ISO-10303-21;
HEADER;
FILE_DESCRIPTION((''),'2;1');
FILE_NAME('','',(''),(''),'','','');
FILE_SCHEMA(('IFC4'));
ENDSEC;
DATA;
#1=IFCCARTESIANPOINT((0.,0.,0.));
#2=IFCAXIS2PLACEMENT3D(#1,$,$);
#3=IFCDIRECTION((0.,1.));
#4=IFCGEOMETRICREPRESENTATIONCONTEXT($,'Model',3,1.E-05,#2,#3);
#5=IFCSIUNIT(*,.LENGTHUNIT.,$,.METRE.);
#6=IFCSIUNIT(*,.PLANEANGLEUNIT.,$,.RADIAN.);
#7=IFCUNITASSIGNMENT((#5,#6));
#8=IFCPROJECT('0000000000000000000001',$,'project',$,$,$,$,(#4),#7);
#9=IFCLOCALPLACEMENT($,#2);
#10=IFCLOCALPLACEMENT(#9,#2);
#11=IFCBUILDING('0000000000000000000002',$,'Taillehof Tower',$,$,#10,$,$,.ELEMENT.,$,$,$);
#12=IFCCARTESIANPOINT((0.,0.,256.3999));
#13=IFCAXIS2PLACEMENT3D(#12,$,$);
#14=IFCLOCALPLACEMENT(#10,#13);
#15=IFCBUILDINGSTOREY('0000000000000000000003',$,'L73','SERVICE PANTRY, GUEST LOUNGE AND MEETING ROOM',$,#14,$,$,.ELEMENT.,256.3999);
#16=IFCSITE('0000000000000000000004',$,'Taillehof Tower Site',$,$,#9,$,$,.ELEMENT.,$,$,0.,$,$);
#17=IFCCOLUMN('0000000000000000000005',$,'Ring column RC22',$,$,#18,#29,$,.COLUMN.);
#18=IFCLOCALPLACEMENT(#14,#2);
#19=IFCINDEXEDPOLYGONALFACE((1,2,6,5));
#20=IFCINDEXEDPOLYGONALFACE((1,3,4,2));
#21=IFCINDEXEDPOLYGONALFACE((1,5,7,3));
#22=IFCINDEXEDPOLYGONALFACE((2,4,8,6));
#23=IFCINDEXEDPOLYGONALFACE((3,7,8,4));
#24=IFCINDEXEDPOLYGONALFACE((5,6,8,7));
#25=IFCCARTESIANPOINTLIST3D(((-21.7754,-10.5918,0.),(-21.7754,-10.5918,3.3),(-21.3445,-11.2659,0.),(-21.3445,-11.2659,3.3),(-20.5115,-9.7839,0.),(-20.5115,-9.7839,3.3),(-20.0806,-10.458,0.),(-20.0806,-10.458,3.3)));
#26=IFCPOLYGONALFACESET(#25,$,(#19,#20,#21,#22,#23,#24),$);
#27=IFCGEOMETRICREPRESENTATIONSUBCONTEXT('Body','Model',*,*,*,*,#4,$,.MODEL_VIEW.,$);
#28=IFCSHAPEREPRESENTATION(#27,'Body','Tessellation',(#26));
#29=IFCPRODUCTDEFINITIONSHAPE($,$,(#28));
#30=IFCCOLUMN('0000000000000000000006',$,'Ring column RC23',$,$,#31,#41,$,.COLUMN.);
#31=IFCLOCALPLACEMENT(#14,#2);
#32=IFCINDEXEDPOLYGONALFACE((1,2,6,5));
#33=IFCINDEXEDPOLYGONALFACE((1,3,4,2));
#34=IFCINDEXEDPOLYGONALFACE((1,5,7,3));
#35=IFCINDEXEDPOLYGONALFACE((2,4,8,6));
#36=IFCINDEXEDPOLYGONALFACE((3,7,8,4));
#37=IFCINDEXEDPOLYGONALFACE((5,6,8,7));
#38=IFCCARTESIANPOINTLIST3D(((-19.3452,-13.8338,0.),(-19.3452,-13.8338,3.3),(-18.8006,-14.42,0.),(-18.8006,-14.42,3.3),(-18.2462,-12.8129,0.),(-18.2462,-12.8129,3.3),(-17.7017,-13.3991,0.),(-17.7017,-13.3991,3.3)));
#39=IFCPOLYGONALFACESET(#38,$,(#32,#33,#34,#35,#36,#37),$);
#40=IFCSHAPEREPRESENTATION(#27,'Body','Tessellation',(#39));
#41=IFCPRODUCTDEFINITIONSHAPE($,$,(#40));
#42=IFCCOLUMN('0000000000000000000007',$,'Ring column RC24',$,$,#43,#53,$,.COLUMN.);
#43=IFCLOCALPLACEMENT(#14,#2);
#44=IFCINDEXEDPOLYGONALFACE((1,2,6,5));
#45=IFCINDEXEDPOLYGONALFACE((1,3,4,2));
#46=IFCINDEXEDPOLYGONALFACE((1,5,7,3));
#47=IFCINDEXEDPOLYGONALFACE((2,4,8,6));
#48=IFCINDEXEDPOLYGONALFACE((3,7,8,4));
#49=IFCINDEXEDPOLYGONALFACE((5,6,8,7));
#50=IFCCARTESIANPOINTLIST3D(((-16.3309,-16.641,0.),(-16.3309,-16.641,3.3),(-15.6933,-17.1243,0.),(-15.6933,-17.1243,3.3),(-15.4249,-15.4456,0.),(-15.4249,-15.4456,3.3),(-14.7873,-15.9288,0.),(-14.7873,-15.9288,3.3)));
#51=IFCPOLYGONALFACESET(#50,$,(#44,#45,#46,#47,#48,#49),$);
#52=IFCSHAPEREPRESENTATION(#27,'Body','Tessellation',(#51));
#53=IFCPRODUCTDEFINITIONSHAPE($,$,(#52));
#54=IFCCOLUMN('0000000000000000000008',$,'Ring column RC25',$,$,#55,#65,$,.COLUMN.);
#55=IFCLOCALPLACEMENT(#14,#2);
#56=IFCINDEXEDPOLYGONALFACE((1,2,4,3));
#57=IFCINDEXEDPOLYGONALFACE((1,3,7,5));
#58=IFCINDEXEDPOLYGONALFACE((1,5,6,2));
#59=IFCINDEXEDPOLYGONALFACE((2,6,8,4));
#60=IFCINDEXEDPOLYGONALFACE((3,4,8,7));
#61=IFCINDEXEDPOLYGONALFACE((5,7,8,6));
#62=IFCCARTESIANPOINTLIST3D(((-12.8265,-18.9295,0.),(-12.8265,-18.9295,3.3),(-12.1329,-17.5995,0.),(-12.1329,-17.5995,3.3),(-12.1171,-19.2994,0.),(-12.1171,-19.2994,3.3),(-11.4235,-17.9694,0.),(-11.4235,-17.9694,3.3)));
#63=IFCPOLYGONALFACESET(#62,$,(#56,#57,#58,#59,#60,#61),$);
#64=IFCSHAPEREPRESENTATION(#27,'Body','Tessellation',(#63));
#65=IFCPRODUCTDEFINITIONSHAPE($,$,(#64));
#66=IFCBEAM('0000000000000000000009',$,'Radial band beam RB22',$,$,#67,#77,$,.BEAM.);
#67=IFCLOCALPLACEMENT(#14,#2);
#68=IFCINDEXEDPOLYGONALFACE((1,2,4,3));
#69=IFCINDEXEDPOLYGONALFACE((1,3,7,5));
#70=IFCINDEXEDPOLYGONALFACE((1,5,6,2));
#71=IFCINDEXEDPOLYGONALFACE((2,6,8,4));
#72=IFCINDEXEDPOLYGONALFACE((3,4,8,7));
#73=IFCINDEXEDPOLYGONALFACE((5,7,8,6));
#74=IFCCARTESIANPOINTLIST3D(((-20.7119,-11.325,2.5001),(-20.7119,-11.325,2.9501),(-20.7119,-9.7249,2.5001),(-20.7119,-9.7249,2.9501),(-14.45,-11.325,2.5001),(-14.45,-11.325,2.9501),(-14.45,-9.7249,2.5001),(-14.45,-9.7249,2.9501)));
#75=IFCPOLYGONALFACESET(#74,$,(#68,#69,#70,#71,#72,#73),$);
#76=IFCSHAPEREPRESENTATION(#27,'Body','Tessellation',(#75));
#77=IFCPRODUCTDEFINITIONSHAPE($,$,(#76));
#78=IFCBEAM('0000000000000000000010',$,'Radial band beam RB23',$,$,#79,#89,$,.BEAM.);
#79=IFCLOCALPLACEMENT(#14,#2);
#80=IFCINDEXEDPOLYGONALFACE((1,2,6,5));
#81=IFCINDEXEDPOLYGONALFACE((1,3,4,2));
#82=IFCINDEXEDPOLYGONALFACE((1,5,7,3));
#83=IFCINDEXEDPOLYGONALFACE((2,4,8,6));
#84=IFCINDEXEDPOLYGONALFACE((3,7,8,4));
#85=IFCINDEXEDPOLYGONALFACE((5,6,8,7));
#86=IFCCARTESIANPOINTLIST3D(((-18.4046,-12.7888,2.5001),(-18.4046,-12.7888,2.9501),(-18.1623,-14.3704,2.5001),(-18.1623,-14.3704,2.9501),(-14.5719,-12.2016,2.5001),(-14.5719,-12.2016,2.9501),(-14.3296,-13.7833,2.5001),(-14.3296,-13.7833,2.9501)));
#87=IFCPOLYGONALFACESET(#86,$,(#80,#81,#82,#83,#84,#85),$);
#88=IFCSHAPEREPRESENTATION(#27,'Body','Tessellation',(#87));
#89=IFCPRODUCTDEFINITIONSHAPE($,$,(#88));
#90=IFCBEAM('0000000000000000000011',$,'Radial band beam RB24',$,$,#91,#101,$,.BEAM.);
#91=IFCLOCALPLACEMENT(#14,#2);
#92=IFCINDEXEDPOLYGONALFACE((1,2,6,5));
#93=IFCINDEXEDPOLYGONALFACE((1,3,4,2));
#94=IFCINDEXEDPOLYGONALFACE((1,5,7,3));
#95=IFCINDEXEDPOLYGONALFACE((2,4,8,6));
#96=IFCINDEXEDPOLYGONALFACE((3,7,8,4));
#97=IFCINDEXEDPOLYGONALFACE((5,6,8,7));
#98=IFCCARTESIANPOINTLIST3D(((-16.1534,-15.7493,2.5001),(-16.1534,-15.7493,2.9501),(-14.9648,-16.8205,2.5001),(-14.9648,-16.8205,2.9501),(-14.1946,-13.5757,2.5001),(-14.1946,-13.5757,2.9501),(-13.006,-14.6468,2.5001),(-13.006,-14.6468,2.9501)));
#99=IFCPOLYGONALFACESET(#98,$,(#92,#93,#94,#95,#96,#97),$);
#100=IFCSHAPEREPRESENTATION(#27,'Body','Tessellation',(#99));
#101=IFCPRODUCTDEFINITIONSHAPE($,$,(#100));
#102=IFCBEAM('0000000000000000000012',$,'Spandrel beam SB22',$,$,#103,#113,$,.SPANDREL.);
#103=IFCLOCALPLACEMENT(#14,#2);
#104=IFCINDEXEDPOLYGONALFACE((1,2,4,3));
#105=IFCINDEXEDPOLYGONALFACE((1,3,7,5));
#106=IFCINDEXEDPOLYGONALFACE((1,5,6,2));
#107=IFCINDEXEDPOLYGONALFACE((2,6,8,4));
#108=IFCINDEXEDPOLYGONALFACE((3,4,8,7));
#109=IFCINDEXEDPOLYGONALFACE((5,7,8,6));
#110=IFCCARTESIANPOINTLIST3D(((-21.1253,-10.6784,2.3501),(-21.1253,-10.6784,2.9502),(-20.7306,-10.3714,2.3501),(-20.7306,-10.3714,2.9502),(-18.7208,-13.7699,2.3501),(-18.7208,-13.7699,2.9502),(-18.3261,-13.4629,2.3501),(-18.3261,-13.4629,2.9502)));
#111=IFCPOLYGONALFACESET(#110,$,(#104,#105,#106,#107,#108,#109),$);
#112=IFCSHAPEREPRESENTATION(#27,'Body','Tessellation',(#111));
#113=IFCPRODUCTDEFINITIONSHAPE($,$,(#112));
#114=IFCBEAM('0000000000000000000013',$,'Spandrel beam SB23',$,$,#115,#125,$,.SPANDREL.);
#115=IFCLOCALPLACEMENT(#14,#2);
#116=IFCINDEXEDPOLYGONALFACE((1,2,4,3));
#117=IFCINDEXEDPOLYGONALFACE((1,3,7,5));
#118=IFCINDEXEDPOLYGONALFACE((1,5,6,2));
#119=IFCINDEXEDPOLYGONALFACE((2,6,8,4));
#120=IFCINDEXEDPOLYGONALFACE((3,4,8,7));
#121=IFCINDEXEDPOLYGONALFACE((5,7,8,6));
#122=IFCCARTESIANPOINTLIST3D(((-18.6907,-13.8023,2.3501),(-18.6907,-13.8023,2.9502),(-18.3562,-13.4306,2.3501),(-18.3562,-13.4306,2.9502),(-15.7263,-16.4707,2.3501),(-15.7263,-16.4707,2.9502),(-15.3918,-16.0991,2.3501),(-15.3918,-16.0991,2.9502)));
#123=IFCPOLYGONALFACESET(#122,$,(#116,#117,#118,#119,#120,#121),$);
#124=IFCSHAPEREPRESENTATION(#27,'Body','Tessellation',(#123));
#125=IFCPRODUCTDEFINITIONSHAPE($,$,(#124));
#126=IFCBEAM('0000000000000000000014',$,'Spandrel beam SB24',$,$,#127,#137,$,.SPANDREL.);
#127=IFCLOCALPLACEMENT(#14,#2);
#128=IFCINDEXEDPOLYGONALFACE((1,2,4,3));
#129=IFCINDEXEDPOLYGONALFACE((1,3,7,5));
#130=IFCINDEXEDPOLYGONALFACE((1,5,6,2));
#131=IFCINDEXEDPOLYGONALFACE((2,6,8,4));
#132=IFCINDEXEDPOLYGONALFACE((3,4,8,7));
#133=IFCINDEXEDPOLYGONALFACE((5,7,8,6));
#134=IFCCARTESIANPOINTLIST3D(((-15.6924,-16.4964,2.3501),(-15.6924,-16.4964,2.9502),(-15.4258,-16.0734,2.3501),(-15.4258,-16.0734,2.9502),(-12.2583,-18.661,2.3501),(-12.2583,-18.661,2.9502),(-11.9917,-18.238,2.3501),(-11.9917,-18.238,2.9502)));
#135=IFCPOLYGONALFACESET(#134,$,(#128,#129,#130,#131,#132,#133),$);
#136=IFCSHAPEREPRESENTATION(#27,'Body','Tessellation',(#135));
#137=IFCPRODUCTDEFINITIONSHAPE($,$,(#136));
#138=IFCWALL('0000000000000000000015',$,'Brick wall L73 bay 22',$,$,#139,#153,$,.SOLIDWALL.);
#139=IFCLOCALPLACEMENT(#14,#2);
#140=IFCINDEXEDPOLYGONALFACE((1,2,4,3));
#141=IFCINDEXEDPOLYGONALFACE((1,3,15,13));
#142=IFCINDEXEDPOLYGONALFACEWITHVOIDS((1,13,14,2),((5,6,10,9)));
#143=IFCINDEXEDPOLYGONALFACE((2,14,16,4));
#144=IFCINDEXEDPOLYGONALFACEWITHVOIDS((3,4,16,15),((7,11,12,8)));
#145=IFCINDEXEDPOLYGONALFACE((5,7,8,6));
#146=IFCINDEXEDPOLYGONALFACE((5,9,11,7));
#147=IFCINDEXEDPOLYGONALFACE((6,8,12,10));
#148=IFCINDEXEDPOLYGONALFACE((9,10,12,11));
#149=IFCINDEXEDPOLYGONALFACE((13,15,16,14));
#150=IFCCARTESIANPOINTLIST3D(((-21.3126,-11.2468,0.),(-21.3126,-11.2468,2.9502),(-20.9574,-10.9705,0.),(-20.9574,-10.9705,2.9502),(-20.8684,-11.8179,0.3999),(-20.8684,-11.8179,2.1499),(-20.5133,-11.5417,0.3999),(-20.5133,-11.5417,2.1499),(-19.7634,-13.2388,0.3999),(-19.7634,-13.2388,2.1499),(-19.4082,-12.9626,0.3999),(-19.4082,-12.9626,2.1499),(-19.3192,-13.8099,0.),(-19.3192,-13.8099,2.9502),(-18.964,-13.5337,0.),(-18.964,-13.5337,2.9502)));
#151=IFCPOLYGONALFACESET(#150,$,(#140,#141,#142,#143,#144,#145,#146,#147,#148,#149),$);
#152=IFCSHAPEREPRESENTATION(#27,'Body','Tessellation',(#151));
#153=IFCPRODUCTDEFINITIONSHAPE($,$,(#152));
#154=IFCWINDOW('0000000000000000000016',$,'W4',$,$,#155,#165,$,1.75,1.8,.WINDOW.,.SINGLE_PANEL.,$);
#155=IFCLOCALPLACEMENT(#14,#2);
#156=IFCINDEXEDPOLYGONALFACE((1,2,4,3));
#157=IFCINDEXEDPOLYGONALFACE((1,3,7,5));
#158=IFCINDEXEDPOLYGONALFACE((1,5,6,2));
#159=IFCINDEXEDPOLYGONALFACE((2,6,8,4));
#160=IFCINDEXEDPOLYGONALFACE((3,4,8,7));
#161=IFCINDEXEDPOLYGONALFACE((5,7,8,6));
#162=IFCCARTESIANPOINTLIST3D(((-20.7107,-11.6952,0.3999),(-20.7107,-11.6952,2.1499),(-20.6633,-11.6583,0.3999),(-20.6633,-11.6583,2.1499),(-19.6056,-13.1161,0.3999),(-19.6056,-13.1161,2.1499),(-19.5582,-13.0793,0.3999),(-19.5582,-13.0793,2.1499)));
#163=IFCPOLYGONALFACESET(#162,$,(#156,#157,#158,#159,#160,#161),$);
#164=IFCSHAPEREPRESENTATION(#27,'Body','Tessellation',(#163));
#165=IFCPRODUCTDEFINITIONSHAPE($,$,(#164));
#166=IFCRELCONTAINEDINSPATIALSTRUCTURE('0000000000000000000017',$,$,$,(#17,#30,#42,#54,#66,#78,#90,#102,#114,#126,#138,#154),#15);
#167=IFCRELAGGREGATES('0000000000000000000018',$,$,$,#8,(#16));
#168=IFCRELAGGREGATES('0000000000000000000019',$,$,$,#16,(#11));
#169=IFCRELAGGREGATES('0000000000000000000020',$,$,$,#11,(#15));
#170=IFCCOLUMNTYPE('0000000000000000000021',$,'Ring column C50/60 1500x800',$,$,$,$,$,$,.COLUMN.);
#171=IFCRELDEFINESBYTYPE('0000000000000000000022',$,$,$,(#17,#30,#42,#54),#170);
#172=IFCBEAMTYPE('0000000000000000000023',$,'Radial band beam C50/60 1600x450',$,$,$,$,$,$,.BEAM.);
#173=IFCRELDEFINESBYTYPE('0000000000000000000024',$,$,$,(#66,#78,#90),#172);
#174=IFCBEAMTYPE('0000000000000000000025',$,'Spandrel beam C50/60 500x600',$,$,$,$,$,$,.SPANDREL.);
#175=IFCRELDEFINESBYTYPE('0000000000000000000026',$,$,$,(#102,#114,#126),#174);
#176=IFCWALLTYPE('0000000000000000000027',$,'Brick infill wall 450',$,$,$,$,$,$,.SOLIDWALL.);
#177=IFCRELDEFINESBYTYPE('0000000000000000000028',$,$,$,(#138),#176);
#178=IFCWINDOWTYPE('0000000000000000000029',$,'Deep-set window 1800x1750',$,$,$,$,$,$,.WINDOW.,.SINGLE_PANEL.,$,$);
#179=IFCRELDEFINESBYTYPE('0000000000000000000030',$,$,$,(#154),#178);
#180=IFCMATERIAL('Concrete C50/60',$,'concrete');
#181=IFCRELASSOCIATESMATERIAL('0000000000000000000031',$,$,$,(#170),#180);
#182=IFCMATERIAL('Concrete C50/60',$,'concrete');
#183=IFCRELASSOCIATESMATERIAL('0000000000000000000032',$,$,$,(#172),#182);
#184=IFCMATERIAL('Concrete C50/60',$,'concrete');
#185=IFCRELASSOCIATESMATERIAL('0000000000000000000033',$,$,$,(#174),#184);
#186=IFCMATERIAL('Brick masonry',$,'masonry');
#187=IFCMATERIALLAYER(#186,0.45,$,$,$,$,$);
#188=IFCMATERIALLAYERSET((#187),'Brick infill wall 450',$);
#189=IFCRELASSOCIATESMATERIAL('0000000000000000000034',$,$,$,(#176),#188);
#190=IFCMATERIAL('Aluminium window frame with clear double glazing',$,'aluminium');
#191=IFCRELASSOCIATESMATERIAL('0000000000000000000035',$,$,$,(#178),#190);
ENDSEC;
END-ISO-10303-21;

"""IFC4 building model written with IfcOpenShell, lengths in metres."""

from ifc_helpers import new_model, si_unit, direction, frame, frame_2d, origin, origin_2d, place, context, subcontext, project, spatial, rectangle, extrude, material, layer, layer_set, material_profile, profile_set, type_object, element, fill, save


model = new_model("IFC4")

# Units and contexts
model_context = context("Model", 3, precision=1e-05, world=origin(), true_north=direction((0.0, 1.0)))
body_context = subcontext(model_context, "Body", "Model", "MODEL_VIEW")
ifc_project = project(units=[si_unit("LENGTHUNIT", "METRE"), si_unit("PLANEANGLEUNIT", "RADIAN")], contexts=[model_context])

# Site, building, storey
site_placement = place(None, origin())
site = spatial("IfcSite", under=ifc_project, at=site_placement, Name="Taillehof Tower Site", CompositionType="ELEMENT", RefElevation=0.0)
building_placement = place(site_placement, origin())
building = spatial("IfcBuilding", under=site, at=building_placement, Name="Taillehof Tower", CompositionType="ELEMENT")
storey_placement = place(building_placement, frame((0.0, 0.0, 256.3999)))
storey = spatial("IfcBuildingStorey", under=building, at=storey_placement, Name="L73", Description="SERVICE PANTRY, GUEST LOUNGE AND MEETING ROOM", CompositionType="ELEMENT", Elevation=256.3999)

# Columns
ifc_material_1 = material(Name="Concrete C50/60", Category="concrete")
ifc_material_profile_1 = material_profile(ifc_material_1, rectangle(XDim=1.5, YDim=0.8, at=origin_2d()), Name="RC 1500x800")
ifc_profile_set_1 = profile_set([ifc_material_profile_1], Name="Concrete C50/60")
column_type = type_object("IfcColumnType", Name="Ring column C50/60 1500x800", PredefinedType="COLUMN", material=ifc_profile_set_1)
for number, where, z_axis, x_axis, name in (
    (1, (-20.928, -10.5249, 0.0), (0.0, 0.0, 1.0), (-0.842574, -0.538581, 0.0), "Ring column RC22"),
    (2, (-18.5234, -13.6165, 0.0), (0.0, 0.0, 1.0), (-0.732636, -0.680621, 0.0), "Ring column RC23"),
    (3, (-15.5591, -16.2849, 0.0), (0.0, 0.0, 1.0), (-0.60402, -0.796969, 0.0), "Ring column RC24"),
    (4, (-12.125, -18.4495, 0.0), (0.0, 0.0, 1.0), (-0.462384, -0.88668, 0.0), "Ring column RC25"),
):
    element("IfcColumn", number, at=place(storey_placement, frame(where, z_axis=z_axis, x_axis=x_axis)), inside=storey, type_object=column_type, Name=name, PredefinedType="COLUMN", context=body_context, shape_type="SweptSolid", body=[
        extrude(rectangle(XDim=1.5, YDim=0.8, at=origin_2d()), origin(), (0.0, 0.0, 1.0), 3.3),
    ])

# Beams
ifc_material_2 = material(Name="Concrete C50/60", Category="concrete")
ifc_material_profile_2 = material_profile(ifc_material_2, rectangle(XDim=1.6001, YDim=0.45, at=origin_2d()), Name="RC 1600x450")
ifc_profile_set_2 = profile_set([ifc_material_profile_2], Name="Concrete C50/60")
beam_type_1 = type_object("IfcBeamType", Name="Radial band beam C50/60 1600x450", PredefinedType="BEAM", material=ifc_profile_set_2)
beam_1_placement = place(storey_placement, frame((-20.7119, -10.5249, 2.7251), z_axis=(1.0, 0.0, 0.0), x_axis=(0.0, 1.0, 0.0)))
element("IfcBeam", 5, at=beam_1_placement, inside=storey, type_object=beam_type_1, Name="Radial band beam RB22", PredefinedType="BEAM", context=body_context, shape_type="SweptSolid", body=[
    extrude(rectangle(XDim=1.6001, YDim=0.45, at=origin_2d()), origin(), (0.0, 0.0, 1.0), 6.262),
])
beam_2_placement = place(storey_placement, frame((-18.2834, -13.5796, 2.7251), z_axis=(0.988468, 0.151428, 0.0), x_axis=(-0.151428, 0.988468, 0.0)))
element("IfcBeam", 6, at=beam_2_placement, inside=storey, type_object=beam_type_1, Name="Radial band beam RB23", PredefinedType="BEAM", context=body_context, shape_type="SweptSolid", body=[
    extrude(rectangle(XDim=1.6001, YDim=0.45, at=origin_2d()), origin(), (0.0, 0.0, 1.0), 3.8774),
])
beam_3_placement = place(storey_placement, frame((-15.5591, -16.2849, 2.7251), z_axis=(0.669439, 0.742867, 0.0), x_axis=(-0.742867, 0.669439, 0.0)))
element("IfcBeam", 7, at=beam_3_placement, inside=storey, type_object=beam_type_1, Name="Radial band beam RB24", PredefinedType="BEAM", context=body_context, shape_type="SweptSolid", body=[
    extrude(rectangle(XDim=1.6001, YDim=0.45, at=origin_2d()), origin(), (0.0, 0.0, 1.0), 2.926),
])
ifc_material_3 = material(Name="Concrete C50/60", Category="concrete")
ifc_material_profile_3 = material_profile(ifc_material_3, rectangle(XDim=0.5, YDim=0.6001, at=origin_2d()), Name="RC 500x600")
ifc_profile_set_3 = profile_set([ifc_material_profile_3], Name="Concrete C50/60")
beam_type_2 = type_object("IfcBeamType", Name="Spandrel beam C50/60 500x600", PredefinedType="SPANDREL", material=ifc_profile_set_3)
beam_4_placement = place(storey_placement, frame((-20.928, -10.5249, 2.6501), z_axis=(0.613941, -0.789352, 0.0), x_axis=(0.789352, 0.613941, 0.0)))
element("IfcBeam", 8, at=beam_4_placement, inside=storey, type_object=beam_type_2, Name="Spandrel beam SB22", PredefinedType="SPANDREL", context=body_context, shape_type="SweptSolid", body=[
    extrude(rectangle(XDim=0.5, YDim=0.6001, at=origin_2d()), origin(), (0.0, 0.0, 1.0), 3.9165),
])
beam_5_placement = place(storey_placement, frame((-18.5234, -13.6165, 2.6501), z_axis=(0.743227, -0.669039, 0.0), x_axis=(0.669039, 0.743227, 0.0)))
element("IfcBeam", 9, at=beam_5_placement, inside=storey, type_object=beam_type_2, Name="Spandrel beam SB23", PredefinedType="SPANDREL", context=body_context, shape_type="SweptSolid", body=[
    extrude(rectangle(XDim=0.5, YDim=0.6001, at=origin_2d()), origin(), (0.0, 0.0, 1.0), 3.9885),
])
beam_6_placement = place(storey_placement, frame((-15.5591, -16.2849, 2.6501), z_axis=(0.845972, -0.533228, 0.0), x_axis=(0.533228, 0.845972, 0.0)))
element("IfcBeam", 10, at=beam_6_placement, inside=storey, type_object=beam_type_2, Name="Spandrel beam SB24", PredefinedType="SPANDREL", context=body_context, shape_type="SweptSolid", body=[
    extrude(rectangle(XDim=0.5, YDim=0.6001, at=origin_2d()), origin(), (0.0, 0.0, 1.0), 4.0593),
])

# Wall, opening, window
ifc_material_4 = material(Name="Brick masonry", Category="masonry")
ifc_layer_1 = layer(ifc_material_4, 0.45)
ifc_layer_set_1 = layer_set([ifc_layer_1], Name="Brick infill wall 450")
wall_type_1 = type_object("IfcWallType", Name="Brick infill wall 450", PredefinedType="SOLIDWALL", material=ifc_layer_set_1)
wall_1_placement = place(storey_placement, frame((-21.135, -11.1086, 0.0), z_axis=(0.0, 0.0, 1.0), x_axis=(0.613899, -0.789385, 0.0)))
wall_1 = element("IfcWall", 11, at=wall_1_placement, inside=storey, type_object=wall_type_1, Name="Brick wall L73 bay 22", PredefinedType="SOLIDWALL", context=body_context, shape_type="SweptSolid", body=[
    extrude(rectangle(XDim=3.2471, YDim=0.45, at=frame_2d((1.6235, 0.0))), origin(), (0.0, 0.0, 1.0), 2.9502),
])
opening_1_placement = place(wall_1_placement, frame((0.7236, 0.0, 0.3999)))
opening_1 = element("IfcOpeningElement", 12, at=opening_1_placement, cuts=wall_1, PredefinedType="OPENING", context=body_context, shape_type="SweptSolid", body=[
    extrude(rectangle(XDim=1.8, YDim=1.75, at=frame_2d((0.8999, 0.875))), frame((0.0, 0.2349, 0.0), z_axis=(0.0, -1.0, 0.0), x_axis=(1.0, 0.0, 0.0)), (0.0, 0.0, 1.0), 0.47),
])
ifc_material_5 = material(Name="Aluminium window frame with clear double glazing", Category="aluminium")
window_type_1 = type_object("IfcWindowType", Name="Deep-set window 1800x1750", PartitioningType="SINGLE_PANEL", PredefinedType="WINDOW", material=ifc_material_5)
window_1_placement = place(opening_1_placement, origin())
window_1 = element("IfcWindow", 13, at=window_1_placement, inside=storey, type_object=window_type_1, Name="W4", OverallHeight=1.75, OverallWidth=1.8, PartitioningType="SINGLE_PANEL", PredefinedType="WINDOW", context=body_context, shape_type="SweptSolid", body=[
    extrude(rectangle(XDim=1.8, YDim=1.75, at=frame_2d((0.8999, 0.875))), frame((0.0, 0.0349, 0.0), z_axis=(0.0, -1.0, 0.0), x_axis=(1.0, 0.0, 0.0)), (0.0, 0.0, 1.0), 0.0601),
])
fill(opening_1, window_1)

save(model, "model.ifc")
